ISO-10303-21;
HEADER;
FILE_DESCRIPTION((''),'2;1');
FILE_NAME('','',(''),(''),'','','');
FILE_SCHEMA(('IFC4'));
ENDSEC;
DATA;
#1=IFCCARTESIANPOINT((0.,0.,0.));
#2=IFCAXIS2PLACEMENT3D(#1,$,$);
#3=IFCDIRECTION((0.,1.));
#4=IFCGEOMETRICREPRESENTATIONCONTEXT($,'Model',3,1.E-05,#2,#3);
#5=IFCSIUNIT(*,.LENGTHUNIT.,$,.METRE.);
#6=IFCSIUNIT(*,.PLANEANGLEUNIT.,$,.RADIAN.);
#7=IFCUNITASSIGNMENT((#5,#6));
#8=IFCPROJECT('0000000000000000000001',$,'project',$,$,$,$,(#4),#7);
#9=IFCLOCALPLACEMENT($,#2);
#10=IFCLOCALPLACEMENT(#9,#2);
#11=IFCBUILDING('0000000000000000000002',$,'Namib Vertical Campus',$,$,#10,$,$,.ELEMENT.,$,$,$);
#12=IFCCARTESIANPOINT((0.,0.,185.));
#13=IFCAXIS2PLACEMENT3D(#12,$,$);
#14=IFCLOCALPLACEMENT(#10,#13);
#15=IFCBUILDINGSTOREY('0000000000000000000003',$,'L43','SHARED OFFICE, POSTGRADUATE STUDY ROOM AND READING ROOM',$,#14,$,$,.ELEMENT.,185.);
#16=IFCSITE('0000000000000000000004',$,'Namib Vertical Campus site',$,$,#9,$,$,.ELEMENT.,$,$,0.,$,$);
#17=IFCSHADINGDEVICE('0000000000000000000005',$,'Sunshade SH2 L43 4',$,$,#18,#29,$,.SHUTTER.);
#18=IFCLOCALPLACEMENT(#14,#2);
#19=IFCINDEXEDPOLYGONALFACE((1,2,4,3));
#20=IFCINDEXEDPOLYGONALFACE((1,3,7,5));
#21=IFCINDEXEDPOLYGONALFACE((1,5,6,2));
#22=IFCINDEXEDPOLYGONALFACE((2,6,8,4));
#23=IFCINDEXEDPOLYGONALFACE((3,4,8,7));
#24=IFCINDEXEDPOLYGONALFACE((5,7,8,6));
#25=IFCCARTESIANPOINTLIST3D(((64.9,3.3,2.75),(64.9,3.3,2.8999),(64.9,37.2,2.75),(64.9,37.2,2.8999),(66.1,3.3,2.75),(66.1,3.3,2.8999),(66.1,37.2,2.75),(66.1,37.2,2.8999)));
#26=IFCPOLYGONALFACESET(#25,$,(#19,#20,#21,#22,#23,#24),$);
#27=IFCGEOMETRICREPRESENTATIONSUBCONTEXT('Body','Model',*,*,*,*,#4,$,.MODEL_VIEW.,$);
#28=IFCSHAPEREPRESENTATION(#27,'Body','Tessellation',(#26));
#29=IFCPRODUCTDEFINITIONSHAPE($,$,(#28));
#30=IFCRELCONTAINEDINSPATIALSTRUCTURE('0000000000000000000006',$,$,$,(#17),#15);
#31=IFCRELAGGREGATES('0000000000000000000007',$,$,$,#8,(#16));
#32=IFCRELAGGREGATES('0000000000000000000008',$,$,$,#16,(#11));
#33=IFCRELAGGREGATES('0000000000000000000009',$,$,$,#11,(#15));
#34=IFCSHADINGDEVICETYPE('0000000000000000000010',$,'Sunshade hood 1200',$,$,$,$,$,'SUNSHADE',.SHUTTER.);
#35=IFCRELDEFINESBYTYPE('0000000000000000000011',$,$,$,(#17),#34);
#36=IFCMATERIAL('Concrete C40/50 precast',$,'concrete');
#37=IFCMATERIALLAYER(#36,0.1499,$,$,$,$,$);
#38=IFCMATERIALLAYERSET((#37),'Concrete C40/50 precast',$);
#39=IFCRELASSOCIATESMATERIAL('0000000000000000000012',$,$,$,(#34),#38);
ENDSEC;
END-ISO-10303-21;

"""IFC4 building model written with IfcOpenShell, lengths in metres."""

from ifc_helpers import new_model, si_unit, direction, frame, origin, origin_2d, place, context, subcontext, project, spatial, rectangle, extrude, material, layer, layer_set, type_object, element, save


model = new_model("IFC4")

# Units and contexts
model_context = context("Model", 3, precision=1e-05, world=origin(), true_north=direction((0.0, 1.0)))
body_context = subcontext(model_context, "Body", "Model", "MODEL_VIEW")
ifc_project = project(units=[si_unit("LENGTHUNIT", "METRE"), si_unit("PLANEANGLEUNIT", "RADIAN")], contexts=[model_context])

# Site, building, storey
site_placement = place(None, origin())
site = spatial("IfcSite", under=ifc_project, at=site_placement, Name="Namib Vertical Campus site", CompositionType="ELEMENT", RefElevation=0.0)
building_placement = place(site_placement, origin())
building = spatial("IfcBuilding", under=site, at=building_placement, Name="Namib Vertical Campus", CompositionType="ELEMENT")
storey_placement = place(building_placement, frame((0.0, 0.0, 185.0)))
storey = spatial("IfcBuildingStorey", under=building, at=storey_placement, Name="L43", Description="SHARED OFFICE, POSTGRADUATE STUDY ROOM AND READING ROOM", CompositionType="ELEMENT", Elevation=185.0)

# Shading device
ifc_material_1 = material(Name="Concrete C40/50 precast", Category="concrete")
ifc_layer_1 = layer(ifc_material_1, 0.1499)
ifc_layer_set_1 = layer_set([ifc_layer_1], Name="Concrete C40/50 precast")
shading_device_type = type_object("IfcShadingDeviceType", Name="Sunshade hood 1200", ElementType="SUNSHADE", PredefinedType="SHUTTER", material=ifc_layer_set_1)
shading_device_placement = place(storey_placement, frame((65.5, 20.25, 2.75), z_axis=(0.0, 0.0, 1.0), x_axis=(0.0, -1.0, 0.0)))
element("IfcShadingDevice", 1, at=shading_device_placement, inside=storey, type_object=shading_device_type, Name="Sunshade SH2 L43 4", PredefinedType="SHUTTER", context=body_context, shape_type="SweptSolid", body=[
    extrude(rectangle(XDim=33.8999, YDim=1.2, at=origin_2d()), origin(), (0.0, 0.0, 1.0), 0.1499),
])

save(model, "model.ifc")
